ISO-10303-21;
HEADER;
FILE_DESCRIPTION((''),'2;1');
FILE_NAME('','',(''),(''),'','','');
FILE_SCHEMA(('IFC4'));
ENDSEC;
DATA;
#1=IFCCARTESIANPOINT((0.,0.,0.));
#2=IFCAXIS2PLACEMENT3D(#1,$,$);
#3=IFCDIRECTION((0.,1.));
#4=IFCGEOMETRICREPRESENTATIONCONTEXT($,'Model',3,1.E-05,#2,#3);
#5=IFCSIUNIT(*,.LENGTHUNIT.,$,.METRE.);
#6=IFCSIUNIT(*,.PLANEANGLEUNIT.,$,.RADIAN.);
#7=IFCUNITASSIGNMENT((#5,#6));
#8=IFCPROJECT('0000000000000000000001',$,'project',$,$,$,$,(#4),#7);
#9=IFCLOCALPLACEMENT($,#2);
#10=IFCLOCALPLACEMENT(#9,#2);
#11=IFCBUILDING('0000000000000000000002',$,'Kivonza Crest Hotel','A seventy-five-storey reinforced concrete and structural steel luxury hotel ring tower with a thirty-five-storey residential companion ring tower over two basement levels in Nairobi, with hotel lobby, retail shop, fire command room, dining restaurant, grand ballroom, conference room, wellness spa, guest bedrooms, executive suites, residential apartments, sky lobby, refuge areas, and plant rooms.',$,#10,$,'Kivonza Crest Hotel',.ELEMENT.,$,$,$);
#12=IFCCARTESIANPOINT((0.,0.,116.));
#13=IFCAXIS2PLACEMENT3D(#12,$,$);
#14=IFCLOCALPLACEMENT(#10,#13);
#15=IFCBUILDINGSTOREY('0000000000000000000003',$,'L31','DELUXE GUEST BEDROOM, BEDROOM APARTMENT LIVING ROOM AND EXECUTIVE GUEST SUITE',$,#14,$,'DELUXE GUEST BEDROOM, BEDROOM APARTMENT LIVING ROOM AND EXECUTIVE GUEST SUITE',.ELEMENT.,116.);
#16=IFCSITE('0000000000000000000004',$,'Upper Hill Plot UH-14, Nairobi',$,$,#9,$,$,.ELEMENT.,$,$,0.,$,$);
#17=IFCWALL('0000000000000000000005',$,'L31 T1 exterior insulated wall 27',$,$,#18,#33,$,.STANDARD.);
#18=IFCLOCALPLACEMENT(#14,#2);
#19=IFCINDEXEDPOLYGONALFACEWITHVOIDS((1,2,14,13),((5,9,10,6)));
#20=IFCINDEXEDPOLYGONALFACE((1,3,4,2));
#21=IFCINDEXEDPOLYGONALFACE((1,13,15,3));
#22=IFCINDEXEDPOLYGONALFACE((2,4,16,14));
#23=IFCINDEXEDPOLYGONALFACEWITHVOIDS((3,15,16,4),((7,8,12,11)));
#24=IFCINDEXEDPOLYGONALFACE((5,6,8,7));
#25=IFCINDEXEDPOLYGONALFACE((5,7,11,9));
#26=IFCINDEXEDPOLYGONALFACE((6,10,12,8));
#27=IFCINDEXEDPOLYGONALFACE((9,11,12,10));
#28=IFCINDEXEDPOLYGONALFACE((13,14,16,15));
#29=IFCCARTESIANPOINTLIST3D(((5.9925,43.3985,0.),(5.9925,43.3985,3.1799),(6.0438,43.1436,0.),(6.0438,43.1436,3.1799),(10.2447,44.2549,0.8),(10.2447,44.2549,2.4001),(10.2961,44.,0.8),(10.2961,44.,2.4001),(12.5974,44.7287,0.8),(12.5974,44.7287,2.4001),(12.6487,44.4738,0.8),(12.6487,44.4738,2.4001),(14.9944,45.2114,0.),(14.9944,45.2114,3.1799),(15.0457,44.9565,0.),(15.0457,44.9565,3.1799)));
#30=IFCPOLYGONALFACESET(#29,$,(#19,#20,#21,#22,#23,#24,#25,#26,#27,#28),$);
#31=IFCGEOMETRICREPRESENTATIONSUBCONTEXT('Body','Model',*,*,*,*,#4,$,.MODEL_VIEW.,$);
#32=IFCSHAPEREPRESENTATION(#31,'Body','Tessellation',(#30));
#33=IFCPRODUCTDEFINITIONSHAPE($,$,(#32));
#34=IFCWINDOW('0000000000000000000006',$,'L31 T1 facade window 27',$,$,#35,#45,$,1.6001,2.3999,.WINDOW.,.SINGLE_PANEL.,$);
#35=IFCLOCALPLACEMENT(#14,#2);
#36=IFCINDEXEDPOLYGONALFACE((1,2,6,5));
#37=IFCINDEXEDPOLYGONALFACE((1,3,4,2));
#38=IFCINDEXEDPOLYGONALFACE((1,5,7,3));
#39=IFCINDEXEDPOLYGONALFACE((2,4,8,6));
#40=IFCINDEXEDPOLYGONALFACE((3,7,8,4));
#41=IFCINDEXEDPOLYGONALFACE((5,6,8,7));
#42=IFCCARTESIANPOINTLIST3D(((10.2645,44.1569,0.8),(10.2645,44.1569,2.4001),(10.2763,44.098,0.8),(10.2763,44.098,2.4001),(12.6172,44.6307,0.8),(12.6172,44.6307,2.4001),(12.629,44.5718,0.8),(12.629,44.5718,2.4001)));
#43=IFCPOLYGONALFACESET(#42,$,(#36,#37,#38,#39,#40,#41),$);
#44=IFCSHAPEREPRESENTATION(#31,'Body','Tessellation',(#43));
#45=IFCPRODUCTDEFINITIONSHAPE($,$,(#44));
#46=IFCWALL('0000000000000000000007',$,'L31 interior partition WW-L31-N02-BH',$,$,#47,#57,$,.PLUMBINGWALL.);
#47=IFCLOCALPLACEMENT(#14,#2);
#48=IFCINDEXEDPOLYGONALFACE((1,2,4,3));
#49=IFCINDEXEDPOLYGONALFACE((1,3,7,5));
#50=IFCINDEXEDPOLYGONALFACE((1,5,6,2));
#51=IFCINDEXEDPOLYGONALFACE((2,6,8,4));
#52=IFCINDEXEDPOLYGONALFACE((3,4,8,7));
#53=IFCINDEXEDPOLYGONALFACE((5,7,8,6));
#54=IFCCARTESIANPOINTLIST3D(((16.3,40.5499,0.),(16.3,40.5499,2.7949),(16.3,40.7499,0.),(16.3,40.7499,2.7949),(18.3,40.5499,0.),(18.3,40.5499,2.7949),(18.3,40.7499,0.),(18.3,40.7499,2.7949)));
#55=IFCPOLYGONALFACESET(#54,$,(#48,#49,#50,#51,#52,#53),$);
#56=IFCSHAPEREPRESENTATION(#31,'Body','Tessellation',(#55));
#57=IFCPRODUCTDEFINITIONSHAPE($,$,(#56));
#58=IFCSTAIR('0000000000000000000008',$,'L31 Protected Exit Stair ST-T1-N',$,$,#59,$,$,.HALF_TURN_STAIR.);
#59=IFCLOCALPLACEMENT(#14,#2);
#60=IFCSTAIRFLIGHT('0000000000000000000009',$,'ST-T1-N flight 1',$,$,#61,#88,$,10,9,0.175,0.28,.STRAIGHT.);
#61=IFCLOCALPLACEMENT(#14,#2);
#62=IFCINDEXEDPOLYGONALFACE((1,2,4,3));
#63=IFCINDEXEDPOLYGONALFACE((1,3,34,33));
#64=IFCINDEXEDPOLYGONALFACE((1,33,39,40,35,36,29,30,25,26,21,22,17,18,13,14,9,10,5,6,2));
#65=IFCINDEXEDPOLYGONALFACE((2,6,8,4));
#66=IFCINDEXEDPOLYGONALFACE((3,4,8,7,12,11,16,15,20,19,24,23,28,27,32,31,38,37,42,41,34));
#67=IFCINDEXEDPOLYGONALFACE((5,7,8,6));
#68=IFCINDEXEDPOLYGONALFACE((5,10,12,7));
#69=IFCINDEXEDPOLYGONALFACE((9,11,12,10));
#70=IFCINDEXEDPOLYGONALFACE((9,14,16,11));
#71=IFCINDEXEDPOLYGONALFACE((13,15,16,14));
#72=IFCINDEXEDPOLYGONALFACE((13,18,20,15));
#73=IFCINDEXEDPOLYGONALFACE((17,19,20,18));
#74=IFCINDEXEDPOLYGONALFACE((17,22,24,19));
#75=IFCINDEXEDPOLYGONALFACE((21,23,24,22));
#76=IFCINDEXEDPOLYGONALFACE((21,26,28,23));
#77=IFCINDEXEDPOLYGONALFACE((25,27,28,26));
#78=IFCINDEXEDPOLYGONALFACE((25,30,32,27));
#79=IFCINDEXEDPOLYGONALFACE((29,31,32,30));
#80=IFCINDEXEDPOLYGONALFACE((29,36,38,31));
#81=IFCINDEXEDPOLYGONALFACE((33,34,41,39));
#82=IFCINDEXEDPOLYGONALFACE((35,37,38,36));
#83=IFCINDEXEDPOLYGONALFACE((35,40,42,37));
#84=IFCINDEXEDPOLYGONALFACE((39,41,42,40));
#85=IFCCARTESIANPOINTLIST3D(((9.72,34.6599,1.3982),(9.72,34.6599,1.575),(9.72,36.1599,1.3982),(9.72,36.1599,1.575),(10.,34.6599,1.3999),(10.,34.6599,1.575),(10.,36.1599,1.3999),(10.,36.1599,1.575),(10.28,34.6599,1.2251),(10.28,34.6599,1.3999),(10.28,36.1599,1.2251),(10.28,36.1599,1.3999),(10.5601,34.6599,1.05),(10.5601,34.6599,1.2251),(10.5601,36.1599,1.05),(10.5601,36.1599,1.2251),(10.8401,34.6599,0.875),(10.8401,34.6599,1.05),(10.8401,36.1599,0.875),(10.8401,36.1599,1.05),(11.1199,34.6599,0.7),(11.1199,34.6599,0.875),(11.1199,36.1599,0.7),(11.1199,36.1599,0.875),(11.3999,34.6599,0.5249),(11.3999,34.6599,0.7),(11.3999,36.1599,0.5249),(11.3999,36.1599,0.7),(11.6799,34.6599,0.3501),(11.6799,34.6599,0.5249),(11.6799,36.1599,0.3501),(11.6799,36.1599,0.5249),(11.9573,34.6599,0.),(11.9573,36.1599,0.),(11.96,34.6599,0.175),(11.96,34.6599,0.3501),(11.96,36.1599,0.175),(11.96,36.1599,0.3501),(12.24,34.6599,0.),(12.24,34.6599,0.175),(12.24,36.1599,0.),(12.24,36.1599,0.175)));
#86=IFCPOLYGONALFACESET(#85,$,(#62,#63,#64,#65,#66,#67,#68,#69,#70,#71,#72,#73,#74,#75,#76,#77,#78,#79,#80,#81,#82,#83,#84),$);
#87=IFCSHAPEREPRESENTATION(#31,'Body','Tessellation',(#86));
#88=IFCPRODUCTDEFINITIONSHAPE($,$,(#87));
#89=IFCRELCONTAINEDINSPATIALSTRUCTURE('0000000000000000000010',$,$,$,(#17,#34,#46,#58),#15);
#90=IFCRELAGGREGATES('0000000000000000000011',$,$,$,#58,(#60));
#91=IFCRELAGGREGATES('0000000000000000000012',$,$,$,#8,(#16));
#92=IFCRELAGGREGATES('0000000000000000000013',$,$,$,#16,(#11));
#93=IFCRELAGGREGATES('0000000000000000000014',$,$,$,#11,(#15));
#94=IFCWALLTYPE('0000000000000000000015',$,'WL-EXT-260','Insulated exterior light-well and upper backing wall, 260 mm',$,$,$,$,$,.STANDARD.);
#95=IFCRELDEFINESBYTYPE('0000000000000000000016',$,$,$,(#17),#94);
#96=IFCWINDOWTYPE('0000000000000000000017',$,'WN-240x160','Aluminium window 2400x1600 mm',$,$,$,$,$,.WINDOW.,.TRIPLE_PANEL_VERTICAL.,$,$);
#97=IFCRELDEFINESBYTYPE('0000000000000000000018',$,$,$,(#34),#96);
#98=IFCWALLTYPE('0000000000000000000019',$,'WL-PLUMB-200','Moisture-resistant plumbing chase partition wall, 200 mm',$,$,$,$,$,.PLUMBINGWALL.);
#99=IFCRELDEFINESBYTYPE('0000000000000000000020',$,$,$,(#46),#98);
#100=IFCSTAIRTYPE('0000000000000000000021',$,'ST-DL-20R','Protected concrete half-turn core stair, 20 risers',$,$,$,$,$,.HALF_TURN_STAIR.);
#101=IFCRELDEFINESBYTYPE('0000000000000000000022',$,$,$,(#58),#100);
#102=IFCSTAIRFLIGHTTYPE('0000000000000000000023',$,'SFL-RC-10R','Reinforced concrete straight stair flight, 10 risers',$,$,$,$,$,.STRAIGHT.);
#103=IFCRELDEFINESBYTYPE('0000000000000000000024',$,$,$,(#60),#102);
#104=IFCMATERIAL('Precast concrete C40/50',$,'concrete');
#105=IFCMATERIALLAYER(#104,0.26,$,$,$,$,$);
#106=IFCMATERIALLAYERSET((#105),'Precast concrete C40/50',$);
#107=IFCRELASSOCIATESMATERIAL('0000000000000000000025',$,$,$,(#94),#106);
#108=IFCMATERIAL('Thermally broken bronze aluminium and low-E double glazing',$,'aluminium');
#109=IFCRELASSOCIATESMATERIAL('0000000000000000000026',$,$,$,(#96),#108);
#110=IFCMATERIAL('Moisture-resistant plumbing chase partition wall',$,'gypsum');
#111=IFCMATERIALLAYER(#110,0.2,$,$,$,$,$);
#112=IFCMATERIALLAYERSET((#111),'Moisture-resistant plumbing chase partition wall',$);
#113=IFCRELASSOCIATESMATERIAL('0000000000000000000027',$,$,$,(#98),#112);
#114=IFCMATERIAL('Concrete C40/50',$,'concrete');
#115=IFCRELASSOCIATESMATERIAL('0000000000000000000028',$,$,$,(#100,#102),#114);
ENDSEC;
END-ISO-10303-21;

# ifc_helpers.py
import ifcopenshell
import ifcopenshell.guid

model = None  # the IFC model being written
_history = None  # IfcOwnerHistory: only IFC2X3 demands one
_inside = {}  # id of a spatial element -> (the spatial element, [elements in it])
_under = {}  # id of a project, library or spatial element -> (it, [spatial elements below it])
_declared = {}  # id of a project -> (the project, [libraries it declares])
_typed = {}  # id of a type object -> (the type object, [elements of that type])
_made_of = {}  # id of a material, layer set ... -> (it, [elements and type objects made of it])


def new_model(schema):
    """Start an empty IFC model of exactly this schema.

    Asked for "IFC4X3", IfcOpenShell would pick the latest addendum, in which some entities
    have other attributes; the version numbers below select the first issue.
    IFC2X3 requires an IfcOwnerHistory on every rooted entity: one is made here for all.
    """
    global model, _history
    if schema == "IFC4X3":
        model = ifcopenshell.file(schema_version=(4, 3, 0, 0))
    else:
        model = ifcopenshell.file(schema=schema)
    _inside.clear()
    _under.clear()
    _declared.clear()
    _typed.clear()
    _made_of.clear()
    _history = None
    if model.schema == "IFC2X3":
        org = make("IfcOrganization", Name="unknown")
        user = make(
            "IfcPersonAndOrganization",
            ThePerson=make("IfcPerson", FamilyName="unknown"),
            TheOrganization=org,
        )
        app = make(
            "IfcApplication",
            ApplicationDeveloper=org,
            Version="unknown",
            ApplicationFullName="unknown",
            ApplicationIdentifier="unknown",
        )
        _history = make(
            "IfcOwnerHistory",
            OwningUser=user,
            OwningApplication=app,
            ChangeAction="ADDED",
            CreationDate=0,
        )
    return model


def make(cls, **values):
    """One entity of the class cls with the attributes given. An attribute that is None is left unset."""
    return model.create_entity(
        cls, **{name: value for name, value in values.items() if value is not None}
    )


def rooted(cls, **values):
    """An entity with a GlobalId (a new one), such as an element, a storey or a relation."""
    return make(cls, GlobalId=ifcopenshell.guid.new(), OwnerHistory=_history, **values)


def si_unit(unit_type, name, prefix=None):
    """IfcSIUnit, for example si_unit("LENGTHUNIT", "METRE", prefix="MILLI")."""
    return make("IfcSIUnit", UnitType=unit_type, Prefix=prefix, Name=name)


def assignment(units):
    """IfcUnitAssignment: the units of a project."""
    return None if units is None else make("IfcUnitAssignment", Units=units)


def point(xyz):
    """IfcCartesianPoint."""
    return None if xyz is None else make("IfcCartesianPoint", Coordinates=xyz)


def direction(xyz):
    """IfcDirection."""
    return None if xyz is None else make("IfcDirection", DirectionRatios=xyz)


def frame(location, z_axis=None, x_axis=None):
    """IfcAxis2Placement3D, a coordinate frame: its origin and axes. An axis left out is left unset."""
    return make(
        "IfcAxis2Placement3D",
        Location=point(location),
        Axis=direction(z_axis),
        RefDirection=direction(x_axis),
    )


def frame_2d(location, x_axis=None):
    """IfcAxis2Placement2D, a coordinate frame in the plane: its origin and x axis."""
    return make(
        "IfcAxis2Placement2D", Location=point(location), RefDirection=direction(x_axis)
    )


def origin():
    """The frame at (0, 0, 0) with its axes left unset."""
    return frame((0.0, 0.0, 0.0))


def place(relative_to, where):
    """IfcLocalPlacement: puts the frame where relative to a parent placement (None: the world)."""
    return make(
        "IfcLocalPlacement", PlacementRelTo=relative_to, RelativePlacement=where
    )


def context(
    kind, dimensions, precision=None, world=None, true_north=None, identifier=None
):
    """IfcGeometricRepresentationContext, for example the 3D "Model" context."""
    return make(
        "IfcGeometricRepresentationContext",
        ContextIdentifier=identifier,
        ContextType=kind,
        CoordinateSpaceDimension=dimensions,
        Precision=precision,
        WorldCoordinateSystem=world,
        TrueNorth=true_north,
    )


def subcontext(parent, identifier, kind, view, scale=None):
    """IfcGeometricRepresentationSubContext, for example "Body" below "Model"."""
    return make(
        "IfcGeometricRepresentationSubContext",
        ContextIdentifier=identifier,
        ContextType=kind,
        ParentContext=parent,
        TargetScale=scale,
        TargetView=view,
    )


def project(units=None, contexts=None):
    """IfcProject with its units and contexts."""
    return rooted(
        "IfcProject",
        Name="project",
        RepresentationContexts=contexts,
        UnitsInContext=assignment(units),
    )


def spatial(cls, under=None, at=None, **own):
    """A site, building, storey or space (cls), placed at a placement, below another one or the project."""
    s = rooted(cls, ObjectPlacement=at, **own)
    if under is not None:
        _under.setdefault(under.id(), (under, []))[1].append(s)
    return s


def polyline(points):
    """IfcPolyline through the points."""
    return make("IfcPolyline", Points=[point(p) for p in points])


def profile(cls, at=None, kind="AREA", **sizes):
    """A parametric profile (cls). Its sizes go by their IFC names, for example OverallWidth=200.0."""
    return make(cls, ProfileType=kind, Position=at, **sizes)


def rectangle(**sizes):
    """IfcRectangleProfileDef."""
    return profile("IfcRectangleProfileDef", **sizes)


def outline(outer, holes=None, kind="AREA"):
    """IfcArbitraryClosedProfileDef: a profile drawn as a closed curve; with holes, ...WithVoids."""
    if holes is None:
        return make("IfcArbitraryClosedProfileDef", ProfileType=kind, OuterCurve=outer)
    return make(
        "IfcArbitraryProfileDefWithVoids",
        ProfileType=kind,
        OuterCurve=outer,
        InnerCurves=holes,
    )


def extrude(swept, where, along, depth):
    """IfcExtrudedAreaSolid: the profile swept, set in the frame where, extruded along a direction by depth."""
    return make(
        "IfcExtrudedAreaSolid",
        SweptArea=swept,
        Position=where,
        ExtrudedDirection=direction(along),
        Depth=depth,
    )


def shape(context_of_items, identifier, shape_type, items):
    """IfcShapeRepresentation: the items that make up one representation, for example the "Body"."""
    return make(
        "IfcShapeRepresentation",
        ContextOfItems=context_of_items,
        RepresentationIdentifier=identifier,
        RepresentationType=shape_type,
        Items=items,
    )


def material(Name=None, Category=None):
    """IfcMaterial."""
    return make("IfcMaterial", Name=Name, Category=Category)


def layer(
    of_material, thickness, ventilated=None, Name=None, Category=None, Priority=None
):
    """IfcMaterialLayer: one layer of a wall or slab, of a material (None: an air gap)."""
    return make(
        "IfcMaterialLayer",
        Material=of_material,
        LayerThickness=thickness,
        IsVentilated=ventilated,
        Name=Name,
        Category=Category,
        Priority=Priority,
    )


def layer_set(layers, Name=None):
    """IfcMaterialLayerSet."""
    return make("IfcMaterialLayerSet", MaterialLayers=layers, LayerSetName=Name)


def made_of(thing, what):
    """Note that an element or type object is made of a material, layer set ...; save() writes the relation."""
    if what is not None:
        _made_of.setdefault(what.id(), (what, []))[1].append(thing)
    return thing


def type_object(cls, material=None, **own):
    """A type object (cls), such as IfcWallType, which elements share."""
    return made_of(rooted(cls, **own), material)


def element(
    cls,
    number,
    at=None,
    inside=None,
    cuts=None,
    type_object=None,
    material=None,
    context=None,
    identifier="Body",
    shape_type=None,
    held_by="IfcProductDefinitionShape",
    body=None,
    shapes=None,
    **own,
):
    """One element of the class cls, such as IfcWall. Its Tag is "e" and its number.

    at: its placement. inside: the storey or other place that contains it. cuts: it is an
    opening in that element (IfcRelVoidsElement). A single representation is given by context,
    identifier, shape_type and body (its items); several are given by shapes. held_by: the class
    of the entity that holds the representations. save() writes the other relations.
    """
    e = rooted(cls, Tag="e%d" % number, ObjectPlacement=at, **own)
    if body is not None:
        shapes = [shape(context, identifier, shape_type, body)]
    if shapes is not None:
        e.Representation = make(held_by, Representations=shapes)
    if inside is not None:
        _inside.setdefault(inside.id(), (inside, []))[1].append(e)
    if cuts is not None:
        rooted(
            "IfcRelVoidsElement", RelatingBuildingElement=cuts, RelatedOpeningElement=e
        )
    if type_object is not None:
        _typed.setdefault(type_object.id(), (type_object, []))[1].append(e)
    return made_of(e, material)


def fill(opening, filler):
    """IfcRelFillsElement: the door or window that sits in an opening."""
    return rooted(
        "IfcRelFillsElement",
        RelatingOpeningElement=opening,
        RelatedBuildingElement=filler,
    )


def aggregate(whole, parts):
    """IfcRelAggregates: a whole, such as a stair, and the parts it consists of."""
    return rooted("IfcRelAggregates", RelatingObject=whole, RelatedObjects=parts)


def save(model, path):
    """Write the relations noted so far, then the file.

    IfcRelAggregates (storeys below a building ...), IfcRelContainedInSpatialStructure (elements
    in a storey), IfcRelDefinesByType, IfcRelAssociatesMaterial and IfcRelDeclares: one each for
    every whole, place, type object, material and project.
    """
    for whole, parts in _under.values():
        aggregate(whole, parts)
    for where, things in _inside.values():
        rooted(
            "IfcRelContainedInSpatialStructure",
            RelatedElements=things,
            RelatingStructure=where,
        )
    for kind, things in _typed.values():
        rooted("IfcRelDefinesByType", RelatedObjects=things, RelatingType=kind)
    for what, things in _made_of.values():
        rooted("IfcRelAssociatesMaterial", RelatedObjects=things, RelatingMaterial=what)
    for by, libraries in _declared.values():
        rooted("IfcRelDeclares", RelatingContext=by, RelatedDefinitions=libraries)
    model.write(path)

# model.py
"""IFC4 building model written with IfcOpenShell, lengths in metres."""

from ifc_helpers import new_model, si_unit, direction, frame, frame_2d, origin, place, context, subcontext, project, spatial, polyline, rectangle, outline, extrude, material, layer, layer_set, type_object, element, fill, aggregate, save


model = new_model("IFC4")

# Units and contexts
model_context = context("Model", 3, precision=1e-05, world=origin(), true_north=direction((0.0, 1.0)))
body_context = subcontext(model_context, "Body", "Model", "MODEL_VIEW")
ifc_project = project(units=[si_unit("LENGTHUNIT", "METRE"), si_unit("PLANEANGLEUNIT", "RADIAN")], contexts=[model_context])

# Site, building, storey
site_placement = place(None, origin())
site = spatial("IfcSite", under=ifc_project, at=site_placement, Name="Upper Hill Plot UH-14, Nairobi", CompositionType="ELEMENT", RefElevation=0.0)
building_placement = place(site_placement, origin())
building = spatial("IfcBuilding", under=site, at=building_placement, Name="Kivonza Crest Hotel", Description="A seventy-five-storey reinforced concrete and structural steel luxury hotel ring tower with a thirty-five-storey residential companion ring tower over two basement levels in Nairobi, with hotel lobby, retail shop, fire command room, dining restaurant, grand ballroom, conference room, wellness spa, guest bedrooms, executive suites, residential apartments, sky lobby, refuge areas, and plant rooms.", LongName="Kivonza Crest Hotel", CompositionType="ELEMENT")
storey_placement = place(building_placement, frame((0.0, 0.0, 116.0)))
storey = spatial("IfcBuildingStorey", under=building, at=storey_placement, Name="L31", Description="DELUXE GUEST BEDROOM, BEDROOM APARTMENT LIVING ROOM AND EXECUTIVE GUEST SUITE", LongName="DELUXE GUEST BEDROOM, BEDROOM APARTMENT LIVING ROOM AND EXECUTIVE GUEST SUITE", CompositionType="ELEMENT", Elevation=116.0)

# Wall, opening, window
ifc_material_1 = material(Name="Precast concrete C40/50", Category="concrete")
ifc_layer_1 = layer(ifc_material_1, 0.26)
ifc_layer_set_1 = layer_set([ifc_layer_1], Name="Precast concrete C40/50")
wall_type_1 = type_object("IfcWallType", Name="WL-EXT-260", Description="Insulated exterior light-well and upper backing wall, 260 mm", PredefinedType="STANDARD", material=ifc_layer_set_1)
wall_1_placement = place(storey_placement, frame((15.02, 45.084, 0.0), z_axis=(0.0, 0.0, 1.0), x_axis=(-0.980316, -0.197435, 0.0)))
wall_1 = element("IfcWall", 1, at=wall_1_placement, inside=storey, type_object=wall_type_1, Name="L31 T1 exterior insulated wall 27", PredefinedType="STANDARD", context=body_context, shape_type="SweptSolid", body=[
    extrude(rectangle(XDim=9.1826, YDim=0.26, at=frame_2d((4.5913, 0.0))), origin(), (0.0, 0.0, 1.0), 3.1799),
])
opening_1_placement = place(wall_1_placement, frame((2.4451, 0.0, 0.8)))
opening_1 = element("IfcOpeningElement", 2, at=opening_1_placement, cuts=wall_1, PredefinedType="OPENING", context=body_context, shape_type="SweptSolid", body=[
    extrude(rectangle(XDim=2.3999, YDim=1.6001, at=frame_2d((1.2, 0.8))), frame((0.0, 0.1401, 0.0), z_axis=(0.0, -1.0, 0.0), x_axis=(1.0, 0.0, 0.0)), (0.0, 0.0, 1.0), 0.28),
])
ifc_material_2 = material(Name="Thermally broken bronze aluminium and low-E double glazing", Category="aluminium")
window_type = type_object("IfcWindowType", Name="WN-240x160", Description="Aluminium window 2400x1600 mm", PartitioningType="TRIPLE_PANEL_VERTICAL", PredefinedType="WINDOW", material=ifc_material_2)
window_placement = place(opening_1_placement, origin())
window = element("IfcWindow", 3, at=window_placement, inside=storey, type_object=window_type, Name="L31 T1 facade window 27", OverallHeight=1.6001, OverallWidth=2.3999, PartitioningType="SINGLE_PANEL", PredefinedType="WINDOW", context=body_context, shape_type="SweptSolid", body=[
    extrude(rectangle(XDim=2.3999, YDim=1.6001, at=frame_2d((1.2, 0.8))), frame((0.0, 0.03, 0.0), z_axis=(0.0, -1.0, 0.0), x_axis=(1.0, 0.0, 0.0)), (0.0, 0.0, 1.0), 0.0601),
])
fill(opening_1, window)

# Wall
ifc_material_3 = material(Name="Moisture-resistant plumbing chase partition wall", Category="gypsum")
ifc_layer_2 = layer(ifc_material_3, 0.2)
ifc_layer_set_2 = layer_set([ifc_layer_2], Name="Moisture-resistant plumbing chase partition wall")
wall_type_2 = type_object("IfcWallType", Name="WL-PLUMB-200", Description="Moisture-resistant plumbing chase partition wall, 200 mm", PredefinedType="PLUMBINGWALL", material=ifc_layer_set_2)
wall_2_placement = place(storey_placement, frame((16.3, 40.6499, 0.0), z_axis=(0.0, 0.0, 1.0), x_axis=(1.0, 0.0, 0.0)))
element("IfcWall", 4, at=wall_2_placement, inside=storey, type_object=wall_type_2, Name="L31 interior partition WW-L31-N02-BH", PredefinedType="PLUMBINGWALL", context=body_context, shape_type="SweptSolid", body=[
    extrude(rectangle(XDim=2.0, YDim=0.2, at=frame_2d((1.0, 0.0))), origin(), (0.0, 0.0, 1.0), 2.7949),
])

# Stair, stair flight
ifc_material_4 = material(Name="Concrete C40/50", Category="concrete")
stair_type = type_object("IfcStairType", Name="ST-DL-20R", Description="Protected concrete half-turn core stair, 20 risers", PredefinedType="HALF_TURN_STAIR", material=ifc_material_4)
stair_placement = place(storey_placement, origin())
stair = element("IfcStair", 5, at=stair_placement, inside=storey, type_object=stair_type, Name="L31 Protected Exit Stair ST-T1-N", PredefinedType="HALF_TURN_STAIR")
stair_flight_type = type_object("IfcStairFlightType", Name="SFL-RC-10R", Description="Reinforced concrete straight stair flight, 10 risers", PredefinedType="STRAIGHT", material=ifc_material_4)
stair_flight_placement = place(storey_placement, frame((12.24, 35.4099, 0.0), z_axis=(0.0, 0.0, 1.0), x_axis=(-1.0, 0.0, 0.0)))
stair_flight = element("IfcStairFlight", 6, at=stair_flight_placement, type_object=stair_flight_type, Name="ST-T1-N flight 1", NumberOfRisers=10, NumberOfTreads=9, PredefinedType="STRAIGHT", RiserHeight=0.175, TreadLength=0.28, context=body_context, shape_type="SweptSolid", body=[
    extrude(outline(polyline([(0.0, 0.0), (0.0, 0.175), (0.28, 0.175), (0.28, 0.3501), (0.5601, 0.3501), (0.5601, 0.5249), (0.8401, 0.5249), (0.8401, 0.7), (1.1201, 0.7), (1.1201, 0.875), (1.3999, 0.875), (1.3999, 1.05), (1.6799, 1.05), (1.6799, 1.2251), (1.96, 1.2251), (1.96, 1.3999), (2.24, 1.3999), (2.24, 1.575), (2.52, 1.575), (2.52, 1.75), (2.52, 1.3982), (0.2827, 0.0), (0.0, 0.0)])), frame((0.0, 0.75, 0.0), z_axis=(0.0, -1.0, 0.0), x_axis=(1.0, 0.0, 0.0)), (0.0, 0.0, 1.0), 1.5),
])
aggregate(stair, [stair_flight])

save(model, "model.ifc")
